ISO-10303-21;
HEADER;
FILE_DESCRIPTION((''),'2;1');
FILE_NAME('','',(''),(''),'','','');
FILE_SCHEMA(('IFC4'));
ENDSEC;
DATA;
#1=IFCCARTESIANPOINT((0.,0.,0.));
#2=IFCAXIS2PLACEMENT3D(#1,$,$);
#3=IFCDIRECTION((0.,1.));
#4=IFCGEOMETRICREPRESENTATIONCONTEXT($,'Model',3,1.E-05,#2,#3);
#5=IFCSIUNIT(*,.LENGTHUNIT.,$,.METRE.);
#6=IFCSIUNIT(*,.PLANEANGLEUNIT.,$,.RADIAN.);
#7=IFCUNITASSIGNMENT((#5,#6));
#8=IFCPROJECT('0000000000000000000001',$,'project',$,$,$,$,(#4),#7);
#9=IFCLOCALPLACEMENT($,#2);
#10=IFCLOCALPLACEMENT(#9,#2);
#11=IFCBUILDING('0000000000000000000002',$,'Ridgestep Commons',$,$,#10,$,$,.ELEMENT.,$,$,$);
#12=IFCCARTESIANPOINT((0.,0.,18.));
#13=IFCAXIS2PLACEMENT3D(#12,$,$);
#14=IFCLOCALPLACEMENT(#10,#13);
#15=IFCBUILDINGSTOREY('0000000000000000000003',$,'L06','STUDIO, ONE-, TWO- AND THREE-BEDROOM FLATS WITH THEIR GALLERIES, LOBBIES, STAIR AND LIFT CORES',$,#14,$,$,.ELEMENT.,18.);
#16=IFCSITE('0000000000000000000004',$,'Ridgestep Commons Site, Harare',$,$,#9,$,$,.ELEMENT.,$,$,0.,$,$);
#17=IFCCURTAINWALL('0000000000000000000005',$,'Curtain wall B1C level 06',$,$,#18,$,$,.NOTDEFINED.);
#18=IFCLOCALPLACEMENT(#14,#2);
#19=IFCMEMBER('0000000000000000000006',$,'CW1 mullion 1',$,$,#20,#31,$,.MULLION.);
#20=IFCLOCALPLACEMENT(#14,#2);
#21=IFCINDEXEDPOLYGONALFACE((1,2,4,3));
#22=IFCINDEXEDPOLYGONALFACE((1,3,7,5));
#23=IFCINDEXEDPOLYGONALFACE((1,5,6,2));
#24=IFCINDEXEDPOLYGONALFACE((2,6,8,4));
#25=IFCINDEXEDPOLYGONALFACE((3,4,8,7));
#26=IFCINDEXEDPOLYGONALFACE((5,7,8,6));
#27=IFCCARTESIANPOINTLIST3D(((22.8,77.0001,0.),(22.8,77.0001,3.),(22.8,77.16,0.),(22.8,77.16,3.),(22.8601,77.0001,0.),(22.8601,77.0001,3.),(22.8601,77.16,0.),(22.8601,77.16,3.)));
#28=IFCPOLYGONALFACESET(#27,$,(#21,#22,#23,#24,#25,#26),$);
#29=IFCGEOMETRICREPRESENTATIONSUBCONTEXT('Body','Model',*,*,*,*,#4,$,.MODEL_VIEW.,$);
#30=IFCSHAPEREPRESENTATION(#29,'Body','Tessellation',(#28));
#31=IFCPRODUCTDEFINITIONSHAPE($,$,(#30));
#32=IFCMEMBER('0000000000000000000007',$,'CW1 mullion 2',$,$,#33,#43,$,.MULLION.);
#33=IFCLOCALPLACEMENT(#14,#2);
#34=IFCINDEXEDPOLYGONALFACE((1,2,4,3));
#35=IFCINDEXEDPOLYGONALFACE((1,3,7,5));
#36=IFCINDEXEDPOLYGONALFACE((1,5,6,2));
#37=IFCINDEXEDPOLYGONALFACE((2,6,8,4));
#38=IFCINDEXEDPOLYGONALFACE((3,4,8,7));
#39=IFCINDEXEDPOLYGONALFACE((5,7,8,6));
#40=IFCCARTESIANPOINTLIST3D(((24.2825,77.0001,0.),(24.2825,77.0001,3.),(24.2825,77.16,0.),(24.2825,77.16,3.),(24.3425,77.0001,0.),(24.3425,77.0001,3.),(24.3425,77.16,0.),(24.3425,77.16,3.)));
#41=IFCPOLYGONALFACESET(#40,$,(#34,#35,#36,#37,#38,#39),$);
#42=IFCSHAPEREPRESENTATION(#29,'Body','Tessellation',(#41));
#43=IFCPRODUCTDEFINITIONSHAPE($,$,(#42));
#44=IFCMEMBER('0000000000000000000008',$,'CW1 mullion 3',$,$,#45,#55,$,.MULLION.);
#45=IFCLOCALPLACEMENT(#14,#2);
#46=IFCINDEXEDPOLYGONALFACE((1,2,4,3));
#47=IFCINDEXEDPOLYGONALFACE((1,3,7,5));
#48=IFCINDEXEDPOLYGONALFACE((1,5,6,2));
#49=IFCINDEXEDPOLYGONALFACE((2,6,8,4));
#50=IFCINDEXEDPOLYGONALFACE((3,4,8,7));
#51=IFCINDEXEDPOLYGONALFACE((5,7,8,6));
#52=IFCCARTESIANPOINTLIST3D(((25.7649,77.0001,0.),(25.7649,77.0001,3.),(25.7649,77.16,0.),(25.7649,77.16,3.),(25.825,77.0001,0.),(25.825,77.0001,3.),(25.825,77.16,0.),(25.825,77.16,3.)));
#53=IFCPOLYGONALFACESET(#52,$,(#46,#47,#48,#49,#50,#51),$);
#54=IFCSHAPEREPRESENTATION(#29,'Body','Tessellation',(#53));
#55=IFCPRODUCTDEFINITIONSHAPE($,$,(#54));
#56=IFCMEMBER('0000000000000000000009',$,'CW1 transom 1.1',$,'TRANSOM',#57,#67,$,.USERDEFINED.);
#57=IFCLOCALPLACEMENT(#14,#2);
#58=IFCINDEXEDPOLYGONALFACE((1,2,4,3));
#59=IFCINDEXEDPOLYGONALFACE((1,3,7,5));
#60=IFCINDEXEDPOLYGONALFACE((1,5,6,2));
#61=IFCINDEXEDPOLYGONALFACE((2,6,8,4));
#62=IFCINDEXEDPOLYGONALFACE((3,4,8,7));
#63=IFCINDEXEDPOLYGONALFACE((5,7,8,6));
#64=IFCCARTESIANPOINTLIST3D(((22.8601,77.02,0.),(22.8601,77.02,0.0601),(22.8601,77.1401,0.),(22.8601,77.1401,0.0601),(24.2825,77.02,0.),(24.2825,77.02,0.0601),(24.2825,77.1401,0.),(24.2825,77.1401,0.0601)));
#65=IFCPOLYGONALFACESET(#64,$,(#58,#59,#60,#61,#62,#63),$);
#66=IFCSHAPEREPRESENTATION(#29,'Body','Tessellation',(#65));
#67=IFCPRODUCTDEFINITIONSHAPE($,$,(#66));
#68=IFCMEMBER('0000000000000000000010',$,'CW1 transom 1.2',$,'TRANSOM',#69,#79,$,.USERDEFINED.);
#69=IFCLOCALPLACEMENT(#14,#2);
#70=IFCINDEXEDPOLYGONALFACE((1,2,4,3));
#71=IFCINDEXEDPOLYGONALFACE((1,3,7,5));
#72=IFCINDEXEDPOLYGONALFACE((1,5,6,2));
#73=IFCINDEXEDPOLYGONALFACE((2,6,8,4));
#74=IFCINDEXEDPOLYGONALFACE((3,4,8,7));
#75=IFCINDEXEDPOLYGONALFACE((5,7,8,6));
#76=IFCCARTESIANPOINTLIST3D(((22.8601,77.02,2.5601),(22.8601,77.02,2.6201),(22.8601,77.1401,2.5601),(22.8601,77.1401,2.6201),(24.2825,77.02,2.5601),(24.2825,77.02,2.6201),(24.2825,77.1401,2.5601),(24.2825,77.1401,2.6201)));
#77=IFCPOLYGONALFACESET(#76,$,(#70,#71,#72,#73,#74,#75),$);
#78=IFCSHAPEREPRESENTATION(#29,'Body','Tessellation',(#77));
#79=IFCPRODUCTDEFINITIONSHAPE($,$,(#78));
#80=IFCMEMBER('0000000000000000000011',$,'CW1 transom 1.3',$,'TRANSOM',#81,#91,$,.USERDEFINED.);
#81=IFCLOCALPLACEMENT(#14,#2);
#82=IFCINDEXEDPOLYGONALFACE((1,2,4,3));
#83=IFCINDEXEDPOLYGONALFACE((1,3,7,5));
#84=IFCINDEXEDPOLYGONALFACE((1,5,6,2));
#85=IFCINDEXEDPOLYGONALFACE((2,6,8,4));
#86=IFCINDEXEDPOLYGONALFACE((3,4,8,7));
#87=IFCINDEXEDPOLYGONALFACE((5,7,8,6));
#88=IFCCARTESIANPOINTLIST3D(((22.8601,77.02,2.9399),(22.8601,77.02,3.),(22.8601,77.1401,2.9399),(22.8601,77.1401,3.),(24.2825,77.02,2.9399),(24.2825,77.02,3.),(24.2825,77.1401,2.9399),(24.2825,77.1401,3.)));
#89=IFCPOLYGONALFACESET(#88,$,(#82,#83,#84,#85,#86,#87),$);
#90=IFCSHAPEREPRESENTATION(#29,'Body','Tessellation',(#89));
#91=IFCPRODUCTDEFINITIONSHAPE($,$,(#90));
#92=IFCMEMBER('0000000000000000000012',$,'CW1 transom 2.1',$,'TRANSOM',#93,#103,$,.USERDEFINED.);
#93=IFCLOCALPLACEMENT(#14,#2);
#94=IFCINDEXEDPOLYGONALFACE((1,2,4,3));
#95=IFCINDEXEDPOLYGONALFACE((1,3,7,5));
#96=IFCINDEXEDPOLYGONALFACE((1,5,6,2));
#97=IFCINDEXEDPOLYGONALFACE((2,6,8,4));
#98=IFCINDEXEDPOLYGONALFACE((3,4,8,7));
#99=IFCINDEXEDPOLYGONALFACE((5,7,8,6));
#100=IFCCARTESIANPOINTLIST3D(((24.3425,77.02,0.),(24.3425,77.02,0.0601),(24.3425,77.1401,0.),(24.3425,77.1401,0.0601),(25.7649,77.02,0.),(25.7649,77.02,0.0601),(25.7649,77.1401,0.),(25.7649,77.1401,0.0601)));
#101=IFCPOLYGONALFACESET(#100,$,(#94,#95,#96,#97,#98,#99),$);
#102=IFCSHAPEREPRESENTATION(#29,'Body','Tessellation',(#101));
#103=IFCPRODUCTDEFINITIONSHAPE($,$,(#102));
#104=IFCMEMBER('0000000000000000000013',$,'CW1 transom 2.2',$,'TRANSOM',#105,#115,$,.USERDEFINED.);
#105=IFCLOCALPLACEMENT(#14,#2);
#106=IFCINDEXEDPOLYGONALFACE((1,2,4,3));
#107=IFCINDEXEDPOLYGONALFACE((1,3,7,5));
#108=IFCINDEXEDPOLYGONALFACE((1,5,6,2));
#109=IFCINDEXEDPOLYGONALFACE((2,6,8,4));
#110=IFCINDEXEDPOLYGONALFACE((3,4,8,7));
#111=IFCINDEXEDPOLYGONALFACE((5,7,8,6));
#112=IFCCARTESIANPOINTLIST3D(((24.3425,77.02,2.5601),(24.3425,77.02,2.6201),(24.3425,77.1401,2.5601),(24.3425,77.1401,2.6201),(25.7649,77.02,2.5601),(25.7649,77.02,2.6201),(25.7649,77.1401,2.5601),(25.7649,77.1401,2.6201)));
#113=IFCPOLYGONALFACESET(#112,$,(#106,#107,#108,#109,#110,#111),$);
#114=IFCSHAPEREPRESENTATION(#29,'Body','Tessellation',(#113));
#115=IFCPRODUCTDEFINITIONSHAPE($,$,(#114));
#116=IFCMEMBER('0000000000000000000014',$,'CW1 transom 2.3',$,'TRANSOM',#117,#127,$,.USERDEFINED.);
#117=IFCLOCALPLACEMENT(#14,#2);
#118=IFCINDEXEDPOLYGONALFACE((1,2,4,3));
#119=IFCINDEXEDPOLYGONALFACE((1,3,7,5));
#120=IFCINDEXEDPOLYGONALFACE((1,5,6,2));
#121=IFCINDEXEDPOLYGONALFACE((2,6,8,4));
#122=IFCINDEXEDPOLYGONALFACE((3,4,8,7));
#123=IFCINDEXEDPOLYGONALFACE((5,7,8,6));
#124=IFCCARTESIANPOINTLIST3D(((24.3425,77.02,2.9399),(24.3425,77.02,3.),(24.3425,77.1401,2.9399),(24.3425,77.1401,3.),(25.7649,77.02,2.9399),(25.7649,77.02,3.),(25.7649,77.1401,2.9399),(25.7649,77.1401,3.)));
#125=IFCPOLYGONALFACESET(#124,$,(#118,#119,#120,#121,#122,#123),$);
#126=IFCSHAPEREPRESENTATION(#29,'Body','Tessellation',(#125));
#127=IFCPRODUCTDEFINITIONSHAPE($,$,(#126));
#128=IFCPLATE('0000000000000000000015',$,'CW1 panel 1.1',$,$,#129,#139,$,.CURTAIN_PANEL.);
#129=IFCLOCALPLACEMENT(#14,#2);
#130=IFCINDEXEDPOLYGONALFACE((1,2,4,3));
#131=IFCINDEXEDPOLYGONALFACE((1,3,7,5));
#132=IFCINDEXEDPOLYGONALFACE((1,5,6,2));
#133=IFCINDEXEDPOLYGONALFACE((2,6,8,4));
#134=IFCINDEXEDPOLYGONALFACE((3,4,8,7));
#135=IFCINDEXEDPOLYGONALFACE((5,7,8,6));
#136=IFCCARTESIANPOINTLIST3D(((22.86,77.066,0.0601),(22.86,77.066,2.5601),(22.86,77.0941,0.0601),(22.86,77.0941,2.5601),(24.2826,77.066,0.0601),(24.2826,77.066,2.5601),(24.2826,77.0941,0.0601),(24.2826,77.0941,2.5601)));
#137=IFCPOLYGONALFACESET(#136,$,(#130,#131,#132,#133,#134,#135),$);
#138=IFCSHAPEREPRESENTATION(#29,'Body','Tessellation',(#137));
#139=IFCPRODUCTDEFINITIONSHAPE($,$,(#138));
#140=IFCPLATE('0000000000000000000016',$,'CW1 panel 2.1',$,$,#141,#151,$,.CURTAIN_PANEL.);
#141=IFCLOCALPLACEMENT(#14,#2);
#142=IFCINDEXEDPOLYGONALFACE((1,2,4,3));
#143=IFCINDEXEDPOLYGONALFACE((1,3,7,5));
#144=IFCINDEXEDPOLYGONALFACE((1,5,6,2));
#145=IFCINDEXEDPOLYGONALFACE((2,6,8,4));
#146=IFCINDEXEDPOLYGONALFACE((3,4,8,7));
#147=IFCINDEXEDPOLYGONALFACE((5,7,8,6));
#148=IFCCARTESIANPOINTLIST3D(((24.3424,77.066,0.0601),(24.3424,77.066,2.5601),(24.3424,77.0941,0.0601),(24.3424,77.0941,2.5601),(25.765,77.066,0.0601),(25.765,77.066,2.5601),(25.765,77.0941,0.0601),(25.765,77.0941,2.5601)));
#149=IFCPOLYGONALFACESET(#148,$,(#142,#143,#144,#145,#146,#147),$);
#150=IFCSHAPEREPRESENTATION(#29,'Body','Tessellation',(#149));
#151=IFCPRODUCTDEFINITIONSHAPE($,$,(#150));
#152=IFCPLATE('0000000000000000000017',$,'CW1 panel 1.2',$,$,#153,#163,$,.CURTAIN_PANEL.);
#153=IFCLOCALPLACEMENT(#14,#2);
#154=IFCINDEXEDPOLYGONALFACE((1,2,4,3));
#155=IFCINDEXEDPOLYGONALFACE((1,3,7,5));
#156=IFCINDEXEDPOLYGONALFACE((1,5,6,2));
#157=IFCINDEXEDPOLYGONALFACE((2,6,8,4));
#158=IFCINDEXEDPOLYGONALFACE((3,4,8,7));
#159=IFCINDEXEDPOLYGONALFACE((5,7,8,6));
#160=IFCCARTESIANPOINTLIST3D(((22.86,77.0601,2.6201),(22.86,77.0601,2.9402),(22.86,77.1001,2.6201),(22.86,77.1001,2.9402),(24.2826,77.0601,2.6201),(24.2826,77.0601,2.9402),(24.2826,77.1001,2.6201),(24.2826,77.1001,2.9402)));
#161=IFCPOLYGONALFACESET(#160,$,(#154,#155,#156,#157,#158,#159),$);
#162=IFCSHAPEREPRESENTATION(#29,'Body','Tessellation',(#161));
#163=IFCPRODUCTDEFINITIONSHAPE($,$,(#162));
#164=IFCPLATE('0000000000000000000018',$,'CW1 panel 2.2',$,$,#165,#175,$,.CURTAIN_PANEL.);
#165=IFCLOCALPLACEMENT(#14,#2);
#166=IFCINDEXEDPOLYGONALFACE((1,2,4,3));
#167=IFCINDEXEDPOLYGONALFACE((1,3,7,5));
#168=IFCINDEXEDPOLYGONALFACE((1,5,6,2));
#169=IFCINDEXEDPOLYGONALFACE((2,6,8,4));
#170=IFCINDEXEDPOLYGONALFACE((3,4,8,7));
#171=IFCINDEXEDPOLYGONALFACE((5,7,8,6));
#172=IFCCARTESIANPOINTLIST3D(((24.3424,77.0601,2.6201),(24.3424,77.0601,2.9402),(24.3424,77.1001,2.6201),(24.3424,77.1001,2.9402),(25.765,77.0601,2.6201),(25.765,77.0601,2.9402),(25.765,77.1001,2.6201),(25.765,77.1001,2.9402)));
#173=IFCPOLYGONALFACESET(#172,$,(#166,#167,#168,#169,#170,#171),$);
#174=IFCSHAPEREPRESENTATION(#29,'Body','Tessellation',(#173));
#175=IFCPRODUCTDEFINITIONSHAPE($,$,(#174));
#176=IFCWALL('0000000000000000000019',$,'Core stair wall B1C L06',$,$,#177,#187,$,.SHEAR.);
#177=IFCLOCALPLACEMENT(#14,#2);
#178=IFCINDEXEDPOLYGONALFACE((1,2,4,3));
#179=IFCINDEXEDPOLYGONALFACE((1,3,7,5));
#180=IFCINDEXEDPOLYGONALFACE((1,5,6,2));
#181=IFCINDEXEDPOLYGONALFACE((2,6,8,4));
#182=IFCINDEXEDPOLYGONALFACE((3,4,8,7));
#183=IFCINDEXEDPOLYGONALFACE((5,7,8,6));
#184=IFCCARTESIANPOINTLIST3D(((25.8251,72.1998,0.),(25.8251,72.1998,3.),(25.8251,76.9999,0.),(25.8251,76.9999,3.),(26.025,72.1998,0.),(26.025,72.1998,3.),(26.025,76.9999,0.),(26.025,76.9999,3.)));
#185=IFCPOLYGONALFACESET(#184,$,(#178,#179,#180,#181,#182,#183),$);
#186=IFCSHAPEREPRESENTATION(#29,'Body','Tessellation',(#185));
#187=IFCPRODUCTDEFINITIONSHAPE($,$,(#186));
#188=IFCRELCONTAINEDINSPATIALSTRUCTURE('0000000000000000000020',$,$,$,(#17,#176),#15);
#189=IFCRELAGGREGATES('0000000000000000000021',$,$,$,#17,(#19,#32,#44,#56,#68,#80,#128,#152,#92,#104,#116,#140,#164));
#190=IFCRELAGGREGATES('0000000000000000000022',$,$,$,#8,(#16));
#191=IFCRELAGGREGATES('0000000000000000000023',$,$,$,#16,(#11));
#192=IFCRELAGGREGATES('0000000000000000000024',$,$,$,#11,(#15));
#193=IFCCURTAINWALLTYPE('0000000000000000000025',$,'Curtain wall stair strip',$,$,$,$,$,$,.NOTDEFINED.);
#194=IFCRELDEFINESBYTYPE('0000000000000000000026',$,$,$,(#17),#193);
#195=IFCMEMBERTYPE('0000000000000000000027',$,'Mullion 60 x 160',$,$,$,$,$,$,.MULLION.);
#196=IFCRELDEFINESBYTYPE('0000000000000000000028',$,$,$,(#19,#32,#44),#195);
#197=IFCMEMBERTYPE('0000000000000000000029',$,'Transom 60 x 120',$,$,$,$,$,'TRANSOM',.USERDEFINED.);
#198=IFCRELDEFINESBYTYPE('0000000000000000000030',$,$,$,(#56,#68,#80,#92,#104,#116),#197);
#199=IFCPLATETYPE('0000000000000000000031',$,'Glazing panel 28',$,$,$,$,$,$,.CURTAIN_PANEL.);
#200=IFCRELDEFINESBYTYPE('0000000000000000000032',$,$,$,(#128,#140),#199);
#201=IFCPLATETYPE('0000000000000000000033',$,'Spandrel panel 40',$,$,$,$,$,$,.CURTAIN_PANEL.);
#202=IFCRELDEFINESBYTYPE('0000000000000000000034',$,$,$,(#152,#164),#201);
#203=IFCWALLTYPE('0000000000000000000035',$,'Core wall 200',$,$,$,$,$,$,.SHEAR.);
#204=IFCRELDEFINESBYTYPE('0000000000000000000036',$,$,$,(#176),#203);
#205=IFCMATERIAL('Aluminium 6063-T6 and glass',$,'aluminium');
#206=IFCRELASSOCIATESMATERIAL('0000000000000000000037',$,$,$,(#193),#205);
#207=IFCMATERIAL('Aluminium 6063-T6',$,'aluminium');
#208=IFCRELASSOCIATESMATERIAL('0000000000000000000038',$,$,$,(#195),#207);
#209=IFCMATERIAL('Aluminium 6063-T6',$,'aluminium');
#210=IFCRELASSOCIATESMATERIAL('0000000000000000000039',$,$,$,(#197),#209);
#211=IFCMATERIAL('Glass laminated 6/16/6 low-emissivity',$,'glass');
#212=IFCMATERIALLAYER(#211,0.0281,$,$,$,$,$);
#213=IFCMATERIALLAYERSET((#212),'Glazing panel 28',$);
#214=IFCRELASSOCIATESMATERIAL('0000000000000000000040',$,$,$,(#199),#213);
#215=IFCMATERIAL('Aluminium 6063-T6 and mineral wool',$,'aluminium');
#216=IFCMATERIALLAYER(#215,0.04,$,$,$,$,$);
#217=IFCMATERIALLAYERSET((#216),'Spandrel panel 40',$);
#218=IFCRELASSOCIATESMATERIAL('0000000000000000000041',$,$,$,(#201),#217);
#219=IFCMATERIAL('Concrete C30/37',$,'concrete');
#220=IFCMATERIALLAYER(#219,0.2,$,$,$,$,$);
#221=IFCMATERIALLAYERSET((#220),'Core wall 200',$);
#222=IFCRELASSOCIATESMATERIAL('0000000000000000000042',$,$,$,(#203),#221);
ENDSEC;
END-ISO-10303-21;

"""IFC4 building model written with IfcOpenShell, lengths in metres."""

from ifc_helpers import new_model, si_unit, direction, frame, frame_2d, origin, origin_2d, place, context, subcontext, project, spatial, rectangle, extrude, material, layer, layer_set, material_profile, profile_set, type_object, element, aggregate, save


model = new_model("IFC4")

# Units and contexts
model_context = context("Model", 3, precision=1e-05, world=origin(), true_north=direction((0.0, 1.0)))
body_context = subcontext(model_context, "Body", "Model", "MODEL_VIEW")
ifc_project = project(units=[si_unit("LENGTHUNIT", "METRE"), si_unit("PLANEANGLEUNIT", "RADIAN")], contexts=[model_context])

# Site, building, storey
site_placement = place(None, origin())
site = spatial("IfcSite", under=ifc_project, at=site_placement, Name="Ridgestep Commons Site, Harare", CompositionType="ELEMENT", RefElevation=0.0)
building_placement = place(site_placement, origin())
building = spatial("IfcBuilding", under=site, at=building_placement, Name="Ridgestep Commons", CompositionType="ELEMENT")
storey_placement = place(building_placement, frame((0.0, 0.0, 18.0)))
storey = spatial("IfcBuildingStorey", under=building, at=storey_placement, Name="L06", Description="STUDIO, ONE-, TWO- AND THREE-BEDROOM FLATS WITH THEIR GALLERIES, LOBBIES, STAIR AND LIFT CORES", CompositionType="ELEMENT", Elevation=18.0)

# Curtain wall, members, plates
ifc_material_1 = material(Name="Aluminium 6063-T6 and glass", Category="aluminium")
curtain_wall_type = type_object("IfcCurtainWallType", Name="Curtain wall stair strip", PredefinedType="NOTDEFINED", material=ifc_material_1)
curtain_wall_placement = place(storey_placement, origin())
curtain_wall = element("IfcCurtainWall", 1, at=curtain_wall_placement, inside=storey, type_object=curtain_wall_type, Name="Curtain wall B1C level 06", PredefinedType="NOTDEFINED")
ifc_material_2 = material(Name="Aluminium 6063-T6", Category="aluminium")
ifc_material_profile_1 = material_profile(ifc_material_2, rectangle(XDim=0.1599, YDim=0.0601, at=origin_2d()), Name="Mullion 60 x 160")
ifc_profile_set_1 = profile_set([ifc_material_profile_1], Name="Aluminium 6063-T6")
member_type_1 = type_object("IfcMemberType", Name="Mullion 60 x 160", PredefinedType="MULLION", material=ifc_profile_set_1)
member_1_placement = place(storey_placement, frame((22.8301, 77.0801, 0.0), z_axis=(0.0, 0.0, 1.0), x_axis=(0.0, 1.0, 0.0)))
member_1 = element("IfcMember", 2, at=member_1_placement, type_object=member_type_1, Name="CW1 mullion 1", PredefinedType="MULLION", context=body_context, shape_type="SweptSolid", body=[
    extrude(rectangle(XDim=0.1599, YDim=0.0601, at=origin_2d()), origin(), (0.0, 0.0, 1.0), 3.0),
])
member_2_placement = place(storey_placement, frame((24.3125, 77.0801, 0.0), z_axis=(0.0, 0.0, 1.0), x_axis=(0.0, 1.0, 0.0)))
member_2 = element("IfcMember", 3, at=member_2_placement, type_object=member_type_1, Name="CW1 mullion 2", PredefinedType="MULLION", context=body_context, shape_type="SweptSolid", body=[
    extrude(rectangle(XDim=0.1599, YDim=0.0601, at=origin_2d()), origin(), (0.0, 0.0, 1.0), 3.0),
])
member_3_placement = place(storey_placement, frame((25.7949, 77.0801, 0.0), z_axis=(0.0, 0.0, 1.0), x_axis=(0.0, 1.0, 0.0)))
member_3 = element("IfcMember", 4, at=member_3_placement, type_object=member_type_1, Name="CW1 mullion 3", PredefinedType="MULLION", context=body_context, shape_type="SweptSolid", body=[
    extrude(rectangle(XDim=0.1599, YDim=0.0601, at=origin_2d()), origin(), (0.0, 0.0, 1.0), 3.0),
])
ifc_material_3 = material(Name="Aluminium 6063-T6", Category="aluminium")
ifc_material_profile_2 = material_profile(ifc_material_3, rectangle(XDim=0.1201, YDim=0.0601, at=origin_2d()), Name="Transom 60 x 120")
ifc_profile_set_2 = profile_set([ifc_material_profile_2], Name="Aluminium 6063-T6")
member_type_2 = type_object("IfcMemberType", Name="Transom 60 x 120", ElementType="TRANSOM", PredefinedType="USERDEFINED", material=ifc_profile_set_2)
member_4_placement = place(storey_placement, frame((22.8601, 77.0801, 0.03), z_axis=(1.0, 0.0, 0.0), x_axis=(0.0, 1.0, 0.0)))
member_4 = element("IfcMember", 5, at=member_4_placement, type_object=member_type_2, Name="CW1 transom 1.1", ObjectType="TRANSOM", PredefinedType="USERDEFINED", context=body_context, shape_type="SweptSolid", body=[
    extrude(rectangle(XDim=0.1201, YDim=0.0601, at=origin_2d()), origin(), (0.0, 0.0, 1.0), 1.4224),
])
member_5_placement = place(storey_placement, frame((22.8601, 77.0801, 2.5901), z_axis=(1.0, 0.0, 0.0), x_axis=(0.0, 1.0, 0.0)))
member_5 = element("IfcMember", 6, at=member_5_placement, type_object=member_type_2, Name="CW1 transom 1.2", ObjectType="TRANSOM", PredefinedType="USERDEFINED", context=body_context, shape_type="SweptSolid", body=[
    extrude(rectangle(XDim=0.1201, YDim=0.0601, at=origin_2d()), origin(), (0.0, 0.0, 1.0), 1.4224),
])
member_6_placement = place(storey_placement, frame((22.8601, 77.0801, 2.97), z_axis=(1.0, 0.0, 0.0), x_axis=(0.0, 1.0, 0.0)))
member_6 = element("IfcMember", 7, at=member_6_placement, type_object=member_type_2, Name="CW1 transom 1.3", ObjectType="TRANSOM", PredefinedType="USERDEFINED", context=body_context, shape_type="SweptSolid", body=[
    extrude(rectangle(XDim=0.1201, YDim=0.0601, at=origin_2d()), origin(), (0.0, 0.0, 1.0), 1.4224),
])
member_7_placement = place(storey_placement, frame((24.3425, 77.0801, 0.03), z_axis=(1.0, 0.0, 0.0), x_axis=(0.0, 1.0, 0.0)))
member_7 = element("IfcMember", 8, at=member_7_placement, type_object=member_type_2, Name="CW1 transom 2.1", ObjectType="TRANSOM", PredefinedType="USERDEFINED", context=body_context, shape_type="SweptSolid", body=[
    extrude(rectangle(XDim=0.1201, YDim=0.0601, at=origin_2d()), origin(), (0.0, 0.0, 1.0), 1.4224),
])
member_8_placement = place(storey_placement, frame((24.3425, 77.0801, 2.5901), z_axis=(1.0, 0.0, 0.0), x_axis=(0.0, 1.0, 0.0)))
member_8 = element("IfcMember", 9, at=member_8_placement, type_object=member_type_2, Name="CW1 transom 2.2", ObjectType="TRANSOM", PredefinedType="USERDEFINED", context=body_context, shape_type="SweptSolid", body=[
    extrude(rectangle(XDim=0.1201, YDim=0.0601, at=origin_2d()), origin(), (0.0, 0.0, 1.0), 1.4224),
])
member_9_placement = place(storey_placement, frame((24.3425, 77.0801, 2.97), z_axis=(1.0, 0.0, 0.0), x_axis=(0.0, 1.0, 0.0)))
member_9 = element("IfcMember", 10, at=member_9_placement, type_object=member_type_2, Name="CW1 transom 2.3", ObjectType="TRANSOM", PredefinedType="USERDEFINED", context=body_context, shape_type="SweptSolid", body=[
    extrude(rectangle(XDim=0.1201, YDim=0.0601, at=origin_2d()), origin(), (0.0, 0.0, 1.0), 1.4224),
])
ifc_material_4 = material(Name="Glass laminated 6/16/6 low-emissivity", Category="glass")
ifc_layer_1 = layer(ifc_material_4, 0.0281)
ifc_layer_set_1 = layer_set([ifc_layer_1], Name="Glazing panel 28")
plate_type_1 = type_object("IfcPlateType", Name="Glazing panel 28", PredefinedType="CURTAIN_PANEL", material=ifc_layer_set_1)
plate_1_placement = place(storey_placement, frame((23.5713, 77.0801, 0.0601), z_axis=(0.0, 0.0, 1.0), x_axis=(1.0, 0.0, 0.0)))
plate_1 = element("IfcPlate", 11, at=plate_1_placement, type_object=plate_type_1, Name="CW1 panel 1.1", PredefinedType="CURTAIN_PANEL", context=body_context, shape_type="SweptSolid", body=[
    extrude(rectangle(XDim=1.4226, YDim=0.0281, at=origin_2d()), origin(), (0.0, 0.0, 1.0), 2.5),
])
plate_2_placement = place(storey_placement, frame((25.0537, 77.0801, 0.0601), z_axis=(0.0, 0.0, 1.0), x_axis=(1.0, 0.0, 0.0)))
plate_2 = element("IfcPlate", 12, at=plate_2_placement, type_object=plate_type_1, Name="CW1 panel 2.1", PredefinedType="CURTAIN_PANEL", context=body_context, shape_type="SweptSolid", body=[
    extrude(rectangle(XDim=1.4226, YDim=0.0281, at=origin_2d()), origin(), (0.0, 0.0, 1.0), 2.5),
])
ifc_material_5 = material(Name="Aluminium 6063-T6 and mineral wool", Category="aluminium")
ifc_layer_2 = layer(ifc_material_5, 0.04)
ifc_layer_set_2 = layer_set([ifc_layer_2], Name="Spandrel panel 40")
plate_type_2 = type_object("IfcPlateType", Name="Spandrel panel 40", PredefinedType="CURTAIN_PANEL", material=ifc_layer_set_2)
plate_3_placement = place(storey_placement, frame((23.5713, 77.0801, 2.6201), z_axis=(0.0, 0.0, 1.0), x_axis=(1.0, 0.0, 0.0)))
plate_3 = element("IfcPlate", 13, at=plate_3_placement, type_object=plate_type_2, Name="CW1 panel 1.2", PredefinedType="CURTAIN_PANEL", context=body_context, shape_type="SweptSolid", body=[
    extrude(rectangle(XDim=1.4226, YDim=0.04, at=origin_2d()), origin(), (0.0, 0.0, 1.0), 0.3201),
])
plate_4_placement = place(storey_placement, frame((25.0537, 77.0801, 2.6201), z_axis=(0.0, 0.0, 1.0), x_axis=(1.0, 0.0, 0.0)))
plate_4 = element("IfcPlate", 14, at=plate_4_placement, type_object=plate_type_2, Name="CW1 panel 2.2", PredefinedType="CURTAIN_PANEL", context=body_context, shape_type="SweptSolid", body=[
    extrude(rectangle(XDim=1.4226, YDim=0.04, at=origin_2d()), origin(), (0.0, 0.0, 1.0), 0.3201),
])
aggregate(curtain_wall, [member_1, member_2, member_3, member_4, member_5, member_6, plate_1, plate_3, member_7, member_8, member_9, plate_2, plate_4])

# Wall
ifc_material_6 = material(Name="Concrete C30/37", Category="concrete")
ifc_layer_3 = layer(ifc_material_6, 0.2)
ifc_layer_set_3 = layer_set([ifc_layer_3], Name="Core wall 200")
wall_type_1 = type_object("IfcWallType", Name="Core wall 200", PredefinedType="SHEAR", material=ifc_layer_set_3)
wall_1_placement = place(storey_placement, frame((25.925, 72.2, 0.0), z_axis=(0.0, 0.0, 1.0), x_axis=(0.0, 1.0, 0.0)))
element("IfcWall", 15, at=wall_1_placement, inside=storey, type_object=wall_type_1, Name="Core stair wall B1C L06", PredefinedType="SHEAR", context=body_context, shape_type="SweptSolid", body=[
    extrude(rectangle(XDim=4.8, YDim=0.2, at=frame_2d((2.3999, 0.0))), origin(), (0.0, 0.0, 1.0), 3.0),
])

save(model, "model.ifc")
